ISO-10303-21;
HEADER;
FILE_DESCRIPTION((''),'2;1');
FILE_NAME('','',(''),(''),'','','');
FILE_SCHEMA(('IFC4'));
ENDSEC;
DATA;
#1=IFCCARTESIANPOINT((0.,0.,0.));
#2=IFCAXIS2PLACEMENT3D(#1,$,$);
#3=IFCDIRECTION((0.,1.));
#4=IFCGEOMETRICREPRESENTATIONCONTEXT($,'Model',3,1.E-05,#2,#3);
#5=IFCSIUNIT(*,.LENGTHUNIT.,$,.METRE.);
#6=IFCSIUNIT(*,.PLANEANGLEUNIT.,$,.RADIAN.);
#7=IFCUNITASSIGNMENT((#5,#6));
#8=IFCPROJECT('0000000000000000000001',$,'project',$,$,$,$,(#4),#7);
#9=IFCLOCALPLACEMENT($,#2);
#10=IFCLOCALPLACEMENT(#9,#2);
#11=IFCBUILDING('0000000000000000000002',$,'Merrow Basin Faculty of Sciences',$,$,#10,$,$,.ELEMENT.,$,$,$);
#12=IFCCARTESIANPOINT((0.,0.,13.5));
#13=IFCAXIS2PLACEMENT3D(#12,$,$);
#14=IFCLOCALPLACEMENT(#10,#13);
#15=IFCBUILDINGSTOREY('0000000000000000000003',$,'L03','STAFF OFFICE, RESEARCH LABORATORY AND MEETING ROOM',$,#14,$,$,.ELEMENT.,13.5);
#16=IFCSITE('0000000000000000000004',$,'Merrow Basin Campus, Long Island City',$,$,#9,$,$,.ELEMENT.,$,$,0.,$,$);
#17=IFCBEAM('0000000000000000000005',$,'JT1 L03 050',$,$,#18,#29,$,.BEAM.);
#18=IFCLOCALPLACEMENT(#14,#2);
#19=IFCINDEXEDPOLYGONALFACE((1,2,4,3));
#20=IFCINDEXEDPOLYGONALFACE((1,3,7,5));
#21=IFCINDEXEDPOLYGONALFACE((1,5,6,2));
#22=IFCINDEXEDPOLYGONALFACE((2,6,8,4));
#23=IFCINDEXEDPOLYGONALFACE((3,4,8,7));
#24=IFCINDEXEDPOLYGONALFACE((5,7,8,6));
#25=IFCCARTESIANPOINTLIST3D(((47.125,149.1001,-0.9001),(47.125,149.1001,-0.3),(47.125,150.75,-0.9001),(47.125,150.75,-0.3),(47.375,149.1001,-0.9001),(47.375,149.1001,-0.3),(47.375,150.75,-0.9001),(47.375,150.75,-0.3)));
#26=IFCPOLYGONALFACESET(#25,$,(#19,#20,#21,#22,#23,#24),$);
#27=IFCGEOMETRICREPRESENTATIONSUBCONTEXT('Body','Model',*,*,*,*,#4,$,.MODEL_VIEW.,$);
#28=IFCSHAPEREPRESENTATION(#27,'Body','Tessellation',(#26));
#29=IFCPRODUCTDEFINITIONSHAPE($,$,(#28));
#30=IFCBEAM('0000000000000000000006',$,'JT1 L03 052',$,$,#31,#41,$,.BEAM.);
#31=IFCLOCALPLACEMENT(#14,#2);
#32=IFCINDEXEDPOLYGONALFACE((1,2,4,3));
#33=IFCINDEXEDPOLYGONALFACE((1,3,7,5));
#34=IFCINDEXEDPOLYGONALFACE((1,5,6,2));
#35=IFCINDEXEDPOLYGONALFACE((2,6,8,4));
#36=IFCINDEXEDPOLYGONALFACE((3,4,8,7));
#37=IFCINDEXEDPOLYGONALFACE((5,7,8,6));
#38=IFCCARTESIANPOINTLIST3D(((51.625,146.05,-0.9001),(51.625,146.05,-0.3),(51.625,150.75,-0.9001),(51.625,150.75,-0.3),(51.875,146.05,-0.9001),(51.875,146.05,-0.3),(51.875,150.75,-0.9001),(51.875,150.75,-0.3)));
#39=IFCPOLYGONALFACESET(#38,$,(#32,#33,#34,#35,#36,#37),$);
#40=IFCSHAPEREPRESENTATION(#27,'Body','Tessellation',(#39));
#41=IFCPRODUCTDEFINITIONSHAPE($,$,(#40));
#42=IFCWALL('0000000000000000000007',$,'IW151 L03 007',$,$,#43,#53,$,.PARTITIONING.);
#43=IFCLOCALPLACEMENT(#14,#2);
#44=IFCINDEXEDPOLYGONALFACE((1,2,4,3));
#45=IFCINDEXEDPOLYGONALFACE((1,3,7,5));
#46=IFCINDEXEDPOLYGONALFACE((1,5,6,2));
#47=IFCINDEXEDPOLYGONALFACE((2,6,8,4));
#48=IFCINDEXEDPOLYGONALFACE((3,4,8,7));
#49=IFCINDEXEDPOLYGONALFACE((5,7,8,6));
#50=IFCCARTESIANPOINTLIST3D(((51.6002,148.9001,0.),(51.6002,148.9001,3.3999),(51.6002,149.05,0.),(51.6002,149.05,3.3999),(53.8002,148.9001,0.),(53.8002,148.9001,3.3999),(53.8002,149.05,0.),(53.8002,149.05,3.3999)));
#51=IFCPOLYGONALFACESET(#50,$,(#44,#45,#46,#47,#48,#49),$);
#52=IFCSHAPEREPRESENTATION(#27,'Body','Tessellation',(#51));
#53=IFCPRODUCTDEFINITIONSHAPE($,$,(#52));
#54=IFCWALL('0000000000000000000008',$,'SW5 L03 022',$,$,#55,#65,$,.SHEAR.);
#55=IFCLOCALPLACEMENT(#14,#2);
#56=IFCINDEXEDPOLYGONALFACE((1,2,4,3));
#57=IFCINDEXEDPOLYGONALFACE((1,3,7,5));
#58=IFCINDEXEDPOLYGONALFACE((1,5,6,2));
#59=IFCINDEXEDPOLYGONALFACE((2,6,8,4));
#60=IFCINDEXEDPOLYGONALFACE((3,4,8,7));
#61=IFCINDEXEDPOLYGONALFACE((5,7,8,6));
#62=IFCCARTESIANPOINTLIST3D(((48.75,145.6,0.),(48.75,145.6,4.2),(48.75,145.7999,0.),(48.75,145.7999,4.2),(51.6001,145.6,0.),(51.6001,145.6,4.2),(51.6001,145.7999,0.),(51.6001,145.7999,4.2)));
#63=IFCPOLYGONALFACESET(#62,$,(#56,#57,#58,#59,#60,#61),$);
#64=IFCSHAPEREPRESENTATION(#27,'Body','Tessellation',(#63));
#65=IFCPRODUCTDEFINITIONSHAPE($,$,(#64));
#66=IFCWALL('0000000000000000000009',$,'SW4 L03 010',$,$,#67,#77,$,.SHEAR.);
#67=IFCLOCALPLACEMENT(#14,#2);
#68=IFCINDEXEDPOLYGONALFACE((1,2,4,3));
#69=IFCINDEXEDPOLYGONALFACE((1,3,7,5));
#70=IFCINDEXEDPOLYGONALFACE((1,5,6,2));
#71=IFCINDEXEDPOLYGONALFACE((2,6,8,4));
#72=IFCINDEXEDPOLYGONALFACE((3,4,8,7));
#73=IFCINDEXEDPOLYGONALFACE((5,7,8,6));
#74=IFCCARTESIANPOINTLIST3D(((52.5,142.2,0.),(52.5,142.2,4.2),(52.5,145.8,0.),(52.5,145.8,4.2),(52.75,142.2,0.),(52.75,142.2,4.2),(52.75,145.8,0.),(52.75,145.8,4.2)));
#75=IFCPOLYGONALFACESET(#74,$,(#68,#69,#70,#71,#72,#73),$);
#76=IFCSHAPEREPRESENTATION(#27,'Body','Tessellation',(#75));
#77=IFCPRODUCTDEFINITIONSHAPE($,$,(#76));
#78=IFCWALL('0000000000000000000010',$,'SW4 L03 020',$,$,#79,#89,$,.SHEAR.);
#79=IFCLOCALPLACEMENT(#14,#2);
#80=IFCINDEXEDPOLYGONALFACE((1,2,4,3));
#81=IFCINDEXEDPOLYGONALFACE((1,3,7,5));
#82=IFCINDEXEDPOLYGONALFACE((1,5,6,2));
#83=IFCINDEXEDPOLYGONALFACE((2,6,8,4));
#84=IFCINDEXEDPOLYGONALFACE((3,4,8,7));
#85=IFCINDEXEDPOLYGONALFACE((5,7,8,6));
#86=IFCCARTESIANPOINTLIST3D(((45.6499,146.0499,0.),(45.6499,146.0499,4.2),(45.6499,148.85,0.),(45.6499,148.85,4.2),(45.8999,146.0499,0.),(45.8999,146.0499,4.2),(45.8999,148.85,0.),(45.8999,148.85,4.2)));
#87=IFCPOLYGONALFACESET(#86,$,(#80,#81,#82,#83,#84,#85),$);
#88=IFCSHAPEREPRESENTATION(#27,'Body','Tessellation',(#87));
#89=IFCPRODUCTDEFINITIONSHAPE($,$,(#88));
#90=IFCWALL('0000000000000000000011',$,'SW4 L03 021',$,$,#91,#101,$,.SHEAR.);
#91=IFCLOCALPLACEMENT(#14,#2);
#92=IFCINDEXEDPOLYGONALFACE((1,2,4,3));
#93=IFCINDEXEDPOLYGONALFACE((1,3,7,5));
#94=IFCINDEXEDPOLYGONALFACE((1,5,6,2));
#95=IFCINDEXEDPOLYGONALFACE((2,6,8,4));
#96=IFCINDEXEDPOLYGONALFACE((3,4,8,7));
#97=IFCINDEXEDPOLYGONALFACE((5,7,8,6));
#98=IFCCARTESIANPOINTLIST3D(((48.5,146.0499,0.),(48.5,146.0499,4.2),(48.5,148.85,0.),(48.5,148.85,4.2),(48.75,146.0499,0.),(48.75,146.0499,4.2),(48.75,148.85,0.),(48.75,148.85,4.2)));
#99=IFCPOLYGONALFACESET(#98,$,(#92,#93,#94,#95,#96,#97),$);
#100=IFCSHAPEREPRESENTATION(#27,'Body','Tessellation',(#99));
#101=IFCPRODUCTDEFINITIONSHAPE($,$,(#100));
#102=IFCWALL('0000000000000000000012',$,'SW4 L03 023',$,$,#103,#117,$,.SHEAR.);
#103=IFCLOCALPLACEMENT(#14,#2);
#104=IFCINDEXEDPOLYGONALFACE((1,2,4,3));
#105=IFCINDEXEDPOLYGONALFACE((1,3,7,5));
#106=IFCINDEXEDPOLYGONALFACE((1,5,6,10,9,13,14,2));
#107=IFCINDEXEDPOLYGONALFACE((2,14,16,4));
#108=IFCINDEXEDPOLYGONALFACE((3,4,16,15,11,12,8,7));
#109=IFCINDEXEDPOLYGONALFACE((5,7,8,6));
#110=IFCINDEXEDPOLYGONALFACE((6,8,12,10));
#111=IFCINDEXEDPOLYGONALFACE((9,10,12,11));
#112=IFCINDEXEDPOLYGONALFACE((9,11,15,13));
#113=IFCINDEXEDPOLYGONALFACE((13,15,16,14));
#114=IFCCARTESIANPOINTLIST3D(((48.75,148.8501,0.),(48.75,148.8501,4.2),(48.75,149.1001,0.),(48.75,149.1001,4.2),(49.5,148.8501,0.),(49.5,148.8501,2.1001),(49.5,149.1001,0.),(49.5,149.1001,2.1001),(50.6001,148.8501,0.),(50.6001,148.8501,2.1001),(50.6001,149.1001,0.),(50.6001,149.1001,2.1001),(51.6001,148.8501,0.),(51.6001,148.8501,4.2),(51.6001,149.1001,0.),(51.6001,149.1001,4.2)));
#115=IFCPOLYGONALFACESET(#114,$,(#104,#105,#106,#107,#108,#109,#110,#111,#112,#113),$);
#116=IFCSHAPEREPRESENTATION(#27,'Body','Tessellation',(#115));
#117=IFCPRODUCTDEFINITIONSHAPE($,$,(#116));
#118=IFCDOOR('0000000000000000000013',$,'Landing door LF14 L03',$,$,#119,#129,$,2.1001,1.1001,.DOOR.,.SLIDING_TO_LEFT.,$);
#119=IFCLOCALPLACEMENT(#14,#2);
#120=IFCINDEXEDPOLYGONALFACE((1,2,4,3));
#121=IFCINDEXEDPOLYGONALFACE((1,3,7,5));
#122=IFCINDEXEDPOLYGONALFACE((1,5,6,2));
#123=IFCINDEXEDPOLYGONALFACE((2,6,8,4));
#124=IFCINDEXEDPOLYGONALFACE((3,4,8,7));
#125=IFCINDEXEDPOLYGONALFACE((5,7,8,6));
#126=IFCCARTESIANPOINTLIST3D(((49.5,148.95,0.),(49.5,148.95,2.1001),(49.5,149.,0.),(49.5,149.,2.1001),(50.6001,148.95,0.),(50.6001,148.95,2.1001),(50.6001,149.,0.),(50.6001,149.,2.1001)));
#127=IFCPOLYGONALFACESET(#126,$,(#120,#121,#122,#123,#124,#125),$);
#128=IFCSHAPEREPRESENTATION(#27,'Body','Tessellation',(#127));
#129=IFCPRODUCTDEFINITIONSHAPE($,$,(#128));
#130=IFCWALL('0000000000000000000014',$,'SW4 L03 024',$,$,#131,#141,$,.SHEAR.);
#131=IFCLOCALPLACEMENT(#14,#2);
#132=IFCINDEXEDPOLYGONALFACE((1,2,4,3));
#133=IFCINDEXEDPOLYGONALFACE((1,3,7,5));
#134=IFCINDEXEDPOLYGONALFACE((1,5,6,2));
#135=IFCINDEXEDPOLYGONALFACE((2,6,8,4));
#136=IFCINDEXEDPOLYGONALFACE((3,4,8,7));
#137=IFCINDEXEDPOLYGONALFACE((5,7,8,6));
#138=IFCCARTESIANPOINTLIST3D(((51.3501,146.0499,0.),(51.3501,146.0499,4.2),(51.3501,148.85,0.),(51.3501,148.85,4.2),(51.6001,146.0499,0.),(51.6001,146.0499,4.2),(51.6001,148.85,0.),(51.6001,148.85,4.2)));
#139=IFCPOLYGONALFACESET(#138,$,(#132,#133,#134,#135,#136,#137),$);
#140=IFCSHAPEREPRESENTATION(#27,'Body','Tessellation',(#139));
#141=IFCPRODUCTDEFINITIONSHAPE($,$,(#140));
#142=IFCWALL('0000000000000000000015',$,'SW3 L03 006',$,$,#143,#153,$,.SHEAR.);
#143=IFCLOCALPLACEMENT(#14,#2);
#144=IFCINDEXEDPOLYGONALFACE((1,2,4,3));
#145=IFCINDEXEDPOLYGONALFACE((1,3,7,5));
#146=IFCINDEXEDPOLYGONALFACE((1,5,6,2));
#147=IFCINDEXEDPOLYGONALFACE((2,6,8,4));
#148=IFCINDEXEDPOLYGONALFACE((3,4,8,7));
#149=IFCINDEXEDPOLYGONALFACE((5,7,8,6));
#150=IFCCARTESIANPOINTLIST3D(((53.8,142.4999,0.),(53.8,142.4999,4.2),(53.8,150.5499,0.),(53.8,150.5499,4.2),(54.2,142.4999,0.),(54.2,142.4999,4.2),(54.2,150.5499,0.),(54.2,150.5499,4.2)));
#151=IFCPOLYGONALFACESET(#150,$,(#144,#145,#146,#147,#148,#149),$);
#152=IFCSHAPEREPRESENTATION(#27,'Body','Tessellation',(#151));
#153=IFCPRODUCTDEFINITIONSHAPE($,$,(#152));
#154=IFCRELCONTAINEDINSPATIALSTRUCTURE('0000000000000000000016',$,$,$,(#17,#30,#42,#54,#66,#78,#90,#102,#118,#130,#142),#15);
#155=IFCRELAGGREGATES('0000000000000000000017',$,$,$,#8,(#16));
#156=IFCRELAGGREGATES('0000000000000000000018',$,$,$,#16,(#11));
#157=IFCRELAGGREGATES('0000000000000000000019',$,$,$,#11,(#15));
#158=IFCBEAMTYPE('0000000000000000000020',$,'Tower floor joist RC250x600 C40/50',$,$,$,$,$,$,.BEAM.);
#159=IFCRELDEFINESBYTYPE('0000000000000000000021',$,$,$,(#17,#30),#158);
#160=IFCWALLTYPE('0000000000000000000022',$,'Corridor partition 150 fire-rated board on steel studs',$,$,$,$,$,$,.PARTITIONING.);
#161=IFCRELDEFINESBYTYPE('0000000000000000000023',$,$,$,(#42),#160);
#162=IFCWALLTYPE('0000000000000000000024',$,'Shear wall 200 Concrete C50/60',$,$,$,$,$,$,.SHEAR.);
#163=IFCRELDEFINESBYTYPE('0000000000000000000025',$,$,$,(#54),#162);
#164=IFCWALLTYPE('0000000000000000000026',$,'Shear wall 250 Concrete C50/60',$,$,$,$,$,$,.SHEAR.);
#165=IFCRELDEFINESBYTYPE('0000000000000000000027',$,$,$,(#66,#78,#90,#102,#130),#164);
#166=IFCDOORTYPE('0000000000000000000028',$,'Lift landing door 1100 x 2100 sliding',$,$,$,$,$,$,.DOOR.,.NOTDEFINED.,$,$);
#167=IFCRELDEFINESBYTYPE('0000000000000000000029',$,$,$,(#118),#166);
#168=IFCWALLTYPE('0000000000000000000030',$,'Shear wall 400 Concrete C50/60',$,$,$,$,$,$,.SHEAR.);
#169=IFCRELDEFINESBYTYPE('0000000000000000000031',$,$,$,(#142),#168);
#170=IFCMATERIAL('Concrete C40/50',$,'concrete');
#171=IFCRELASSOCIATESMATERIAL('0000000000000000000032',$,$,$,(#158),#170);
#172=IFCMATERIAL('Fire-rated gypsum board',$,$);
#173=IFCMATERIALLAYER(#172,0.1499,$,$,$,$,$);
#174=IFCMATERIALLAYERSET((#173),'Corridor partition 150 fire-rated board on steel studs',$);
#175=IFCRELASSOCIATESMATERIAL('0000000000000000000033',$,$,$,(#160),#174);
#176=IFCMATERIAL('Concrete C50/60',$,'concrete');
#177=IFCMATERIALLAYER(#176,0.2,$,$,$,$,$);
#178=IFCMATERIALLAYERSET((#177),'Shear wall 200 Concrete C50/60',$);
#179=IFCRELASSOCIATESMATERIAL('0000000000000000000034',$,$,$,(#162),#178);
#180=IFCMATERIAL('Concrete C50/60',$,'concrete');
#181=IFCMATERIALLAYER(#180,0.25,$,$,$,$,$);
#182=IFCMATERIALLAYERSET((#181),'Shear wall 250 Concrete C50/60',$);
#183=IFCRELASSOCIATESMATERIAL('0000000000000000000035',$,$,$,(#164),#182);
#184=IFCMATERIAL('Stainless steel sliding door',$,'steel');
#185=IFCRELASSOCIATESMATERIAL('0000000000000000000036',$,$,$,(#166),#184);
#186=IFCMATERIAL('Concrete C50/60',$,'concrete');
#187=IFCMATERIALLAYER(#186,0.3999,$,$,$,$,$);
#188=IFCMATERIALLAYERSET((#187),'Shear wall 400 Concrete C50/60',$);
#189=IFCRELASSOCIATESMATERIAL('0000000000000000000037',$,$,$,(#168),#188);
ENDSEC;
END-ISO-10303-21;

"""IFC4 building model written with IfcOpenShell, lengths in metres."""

from ifc_helpers import new_model, si_unit, direction, frame, frame_2d, origin, origin_2d, place, context, subcontext, project, spatial, rectangle, extrude, material, layer, layer_set, material_profile, profile_set, type_object, element, fill, save


model = new_model("IFC4")

# Units and contexts
model_context = context("Model", 3, precision=1e-05, world=origin(), true_north=direction((0.0, 1.0)))
body_context = subcontext(model_context, "Body", "Model", "MODEL_VIEW")
ifc_project = project(units=[si_unit("LENGTHUNIT", "METRE"), si_unit("PLANEANGLEUNIT", "RADIAN")], contexts=[model_context])

# Site, building, storey
site_placement = place(None, origin())
site = spatial("IfcSite", under=ifc_project, at=site_placement, Name="Merrow Basin Campus, Long Island City", CompositionType="ELEMENT", RefElevation=0.0)
building_placement = place(site_placement, origin())
building = spatial("IfcBuilding", under=site, at=building_placement, Name="Merrow Basin Faculty of Sciences", CompositionType="ELEMENT")
storey_placement = place(building_placement, frame((0.0, 0.0, 13.5)))
storey = spatial("IfcBuildingStorey", under=building, at=storey_placement, Name="L03", Description="STAFF OFFICE, RESEARCH LABORATORY AND MEETING ROOM", CompositionType="ELEMENT", Elevation=13.5)

# Beams
ifc_material_1 = material(Name="Concrete C40/50", Category="concrete")
ifc_material_profile = material_profile(ifc_material_1, rectangle(XDim=0.25, YDim=0.6001, at=origin_2d()))
ifc_profile_set = profile_set([ifc_material_profile], Name="Concrete C40/50")
beam_type = type_object("IfcBeamType", Name="Tower floor joist RC250x600 C40/50", PredefinedType="BEAM", material=ifc_profile_set)
beam_1_placement = place(storey_placement, frame((47.25, 149.1001, -0.6001), z_axis=(0.0, 1.0, 0.0), x_axis=(-1.0, 0.0, 0.0)))
element("IfcBeam", 1, at=beam_1_placement, inside=storey, type_object=beam_type, Name="JT1 L03 050", PredefinedType="BEAM", context=body_context, shape_type="SweptSolid", body=[
    extrude(rectangle(XDim=0.25, YDim=0.6001, at=origin_2d()), origin(), (0.0, 0.0, 1.0), 1.6499),
])
beam_2_placement = place(storey_placement, frame((51.75, 146.05, -0.6001), z_axis=(0.0, 1.0, 0.0), x_axis=(-1.0, 0.0, 0.0)))
element("IfcBeam", 2, at=beam_2_placement, inside=storey, type_object=beam_type, Name="JT1 L03 052", PredefinedType="BEAM", context=body_context, shape_type="SweptSolid", body=[
    extrude(rectangle(XDim=0.25, YDim=0.6001, at=origin_2d()), origin(), (0.0, 0.0, 1.0), 4.7),
])

# Walls
ifc_material_2 = material(Name="Fire-rated gypsum board")
ifc_layer_1 = layer(ifc_material_2, 0.1499)
ifc_layer_set_1 = layer_set([ifc_layer_1], Name="Corridor partition 150 fire-rated board on steel studs")
wall_type_1 = type_object("IfcWallType", Name="Corridor partition 150 fire-rated board on steel studs", PredefinedType="PARTITIONING", material=ifc_layer_set_1)
wall_1_placement = place(storey_placement, frame((51.6001, 148.9751, 0.0), z_axis=(0.0, 0.0, 1.0), x_axis=(1.0, 0.0, 0.0)))
element("IfcWall", 3, at=wall_1_placement, inside=storey, type_object=wall_type_1, Name="IW151 L03 007", PredefinedType="PARTITIONING", context=body_context, shape_type="SweptSolid", body=[
    extrude(rectangle(XDim=2.2, YDim=0.1499, at=frame_2d((1.1001, 0.0))), origin(), (0.0, 0.0, 1.0), 3.3999),
])
ifc_material_3 = material(Name="Concrete C50/60", Category="concrete")
ifc_layer_2 = layer(ifc_material_3, 0.2)
ifc_layer_set_2 = layer_set([ifc_layer_2], Name="Shear wall 200 Concrete C50/60")
wall_type_2 = type_object("IfcWallType", Name="Shear wall 200 Concrete C50/60", PredefinedType="SHEAR", material=ifc_layer_set_2)
wall_2_placement = place(storey_placement, frame((48.75, 145.7, 0.0), z_axis=(0.0, 0.0, 1.0), x_axis=(1.0, 0.0, 0.0)))
element("IfcWall", 4, at=wall_2_placement, inside=storey, type_object=wall_type_2, Name="SW5 L03 022", PredefinedType="SHEAR", context=body_context, shape_type="SweptSolid", body=[
    extrude(rectangle(XDim=2.8501, YDim=0.2, at=frame_2d((1.425, 0.0))), origin(), (0.0, 0.0, 1.0), 4.2),
])
ifc_material_4 = material(Name="Concrete C50/60", Category="concrete")
ifc_layer_3 = layer(ifc_material_4, 0.25)
ifc_layer_set_3 = layer_set([ifc_layer_3], Name="Shear wall 250 Concrete C50/60")
wall_type_3 = type_object("IfcWallType", Name="Shear wall 250 Concrete C50/60", PredefinedType="SHEAR", material=ifc_layer_set_3)
wall_3_placement = place(storey_placement, frame((52.625, 142.2, 0.0), z_axis=(0.0, 0.0, 1.0), x_axis=(0.0, 1.0, 0.0)))
element("IfcWall", 5, at=wall_3_placement, inside=storey, type_object=wall_type_3, Name="SW4 L03 010", PredefinedType="SHEAR", context=body_context, shape_type="SweptSolid", body=[
    extrude(rectangle(XDim=3.6001, YDim=0.25, at=frame_2d((1.8, 0.0))), origin(), (0.0, 0.0, 1.0), 4.2),
])
for number, where, z_axis, x_axis, name in (
    (6, (45.7749, 146.05, 0.0), (0.0, 0.0, 1.0), (0.0, 1.0, 0.0), "SW4 L03 020"),
    (7, (48.625, 146.05, 0.0), (0.0, 0.0, 1.0), (0.0, 1.0, 0.0), "SW4 L03 021"),
):
    element("IfcWall", number, at=place(storey_placement, frame(where, z_axis=z_axis, x_axis=x_axis)), inside=storey, type_object=wall_type_3, Name=name, PredefinedType="SHEAR", context=body_context, shape_type="SweptSolid", body=[
        extrude(rectangle(XDim=2.8, YDim=0.25, at=frame_2d((1.3999, 0.0))), origin(), (0.0, 0.0, 1.0), 4.2),
    ])

# Wall, opening, door
wall_4_placement = place(storey_placement, frame((48.75, 148.9751, 0.0), z_axis=(0.0, 0.0, 1.0), x_axis=(1.0, 0.0, 0.0)))
wall_4 = element("IfcWall", 8, at=wall_4_placement, inside=storey, type_object=wall_type_3, Name="SW4 L03 023", PredefinedType="SHEAR", context=body_context, shape_type="SweptSolid", body=[
    extrude(rectangle(XDim=2.8501, YDim=0.25, at=frame_2d((1.425, 0.0))), origin(), (0.0, 0.0, 1.0), 4.2),
])
opening_placement = place(wall_4_placement, frame((0.75, 0.0, 0.0)))
opening = element("IfcOpeningElement", 9, at=opening_placement, cuts=wall_4, PredefinedType="OPENING", context=body_context, shape_type="SweptSolid", body=[
    extrude(rectangle(XDim=1.1001, YDim=2.1001, at=frame_2d((0.55, 1.05))), frame((0.0, 0.135, 0.0), z_axis=(0.0, -1.0, 0.0), x_axis=(1.0, 0.0, 0.0)), (0.0, 0.0, 1.0), 0.27),
])
ifc_material_5 = material(Name="Stainless steel sliding door", Category="steel")
door_type = type_object("IfcDoorType", Name="Lift landing door 1100 x 2100 sliding", OperationType="NOTDEFINED", PredefinedType="DOOR", material=ifc_material_5)
door_placement = place(opening_placement, origin())
door = element("IfcDoor", 10, at=door_placement, inside=storey, type_object=door_type, Name="Landing door LF14 L03", OperationType="SLIDING_TO_LEFT", OverallHeight=2.1001, OverallWidth=1.1001, PredefinedType="DOOR", context=body_context, shape_type="SweptSolid", body=[
    extrude(rectangle(XDim=1.1001, YDim=2.1001, at=frame_2d((0.55, 1.05))), frame((0.0, 0.0249, 0.0), z_axis=(0.0, -1.0, 0.0), x_axis=(1.0, 0.0, 0.0)), (0.0, 0.0, 1.0), 0.05),
])
fill(opening, door)

# Walls
wall_5_placement = place(storey_placement, frame((51.4751, 146.05, 0.0), z_axis=(0.0, 0.0, 1.0), x_axis=(0.0, 1.0, 0.0)))
element("IfcWall", 11, at=wall_5_placement, inside=storey, type_object=wall_type_3, Name="SW4 L03 024", PredefinedType="SHEAR", context=body_context, shape_type="SweptSolid", body=[
    extrude(rectangle(XDim=2.8, YDim=0.25, at=frame_2d((1.3999, 0.0))), origin(), (0.0, 0.0, 1.0), 4.2),
])
ifc_material_6 = material(Name="Concrete C50/60", Category="concrete")
ifc_layer_4 = layer(ifc_material_6, 0.3999)
ifc_layer_set_4 = layer_set([ifc_layer_4], Name="Shear wall 400 Concrete C50/60")
wall_type_4 = type_object("IfcWallType", Name="Shear wall 400 Concrete C50/60", PredefinedType="SHEAR", material=ifc_layer_set_4)
wall_6_placement = place(storey_placement, frame((54.0, 142.5, 0.0), z_axis=(0.0, 0.0, 1.0), x_axis=(0.0, 1.0, 0.0)))
element("IfcWall", 12, at=wall_6_placement, inside=storey, type_object=wall_type_4, Name="SW3 L03 006", PredefinedType="SHEAR", context=body_context, shape_type="SweptSolid", body=[
    extrude(rectangle(XDim=8.05, YDim=0.3999, at=frame_2d((4.0249, 0.0))), origin(), (0.0, 0.0, 1.0), 4.2),
])

save(model, "model.ifc")
